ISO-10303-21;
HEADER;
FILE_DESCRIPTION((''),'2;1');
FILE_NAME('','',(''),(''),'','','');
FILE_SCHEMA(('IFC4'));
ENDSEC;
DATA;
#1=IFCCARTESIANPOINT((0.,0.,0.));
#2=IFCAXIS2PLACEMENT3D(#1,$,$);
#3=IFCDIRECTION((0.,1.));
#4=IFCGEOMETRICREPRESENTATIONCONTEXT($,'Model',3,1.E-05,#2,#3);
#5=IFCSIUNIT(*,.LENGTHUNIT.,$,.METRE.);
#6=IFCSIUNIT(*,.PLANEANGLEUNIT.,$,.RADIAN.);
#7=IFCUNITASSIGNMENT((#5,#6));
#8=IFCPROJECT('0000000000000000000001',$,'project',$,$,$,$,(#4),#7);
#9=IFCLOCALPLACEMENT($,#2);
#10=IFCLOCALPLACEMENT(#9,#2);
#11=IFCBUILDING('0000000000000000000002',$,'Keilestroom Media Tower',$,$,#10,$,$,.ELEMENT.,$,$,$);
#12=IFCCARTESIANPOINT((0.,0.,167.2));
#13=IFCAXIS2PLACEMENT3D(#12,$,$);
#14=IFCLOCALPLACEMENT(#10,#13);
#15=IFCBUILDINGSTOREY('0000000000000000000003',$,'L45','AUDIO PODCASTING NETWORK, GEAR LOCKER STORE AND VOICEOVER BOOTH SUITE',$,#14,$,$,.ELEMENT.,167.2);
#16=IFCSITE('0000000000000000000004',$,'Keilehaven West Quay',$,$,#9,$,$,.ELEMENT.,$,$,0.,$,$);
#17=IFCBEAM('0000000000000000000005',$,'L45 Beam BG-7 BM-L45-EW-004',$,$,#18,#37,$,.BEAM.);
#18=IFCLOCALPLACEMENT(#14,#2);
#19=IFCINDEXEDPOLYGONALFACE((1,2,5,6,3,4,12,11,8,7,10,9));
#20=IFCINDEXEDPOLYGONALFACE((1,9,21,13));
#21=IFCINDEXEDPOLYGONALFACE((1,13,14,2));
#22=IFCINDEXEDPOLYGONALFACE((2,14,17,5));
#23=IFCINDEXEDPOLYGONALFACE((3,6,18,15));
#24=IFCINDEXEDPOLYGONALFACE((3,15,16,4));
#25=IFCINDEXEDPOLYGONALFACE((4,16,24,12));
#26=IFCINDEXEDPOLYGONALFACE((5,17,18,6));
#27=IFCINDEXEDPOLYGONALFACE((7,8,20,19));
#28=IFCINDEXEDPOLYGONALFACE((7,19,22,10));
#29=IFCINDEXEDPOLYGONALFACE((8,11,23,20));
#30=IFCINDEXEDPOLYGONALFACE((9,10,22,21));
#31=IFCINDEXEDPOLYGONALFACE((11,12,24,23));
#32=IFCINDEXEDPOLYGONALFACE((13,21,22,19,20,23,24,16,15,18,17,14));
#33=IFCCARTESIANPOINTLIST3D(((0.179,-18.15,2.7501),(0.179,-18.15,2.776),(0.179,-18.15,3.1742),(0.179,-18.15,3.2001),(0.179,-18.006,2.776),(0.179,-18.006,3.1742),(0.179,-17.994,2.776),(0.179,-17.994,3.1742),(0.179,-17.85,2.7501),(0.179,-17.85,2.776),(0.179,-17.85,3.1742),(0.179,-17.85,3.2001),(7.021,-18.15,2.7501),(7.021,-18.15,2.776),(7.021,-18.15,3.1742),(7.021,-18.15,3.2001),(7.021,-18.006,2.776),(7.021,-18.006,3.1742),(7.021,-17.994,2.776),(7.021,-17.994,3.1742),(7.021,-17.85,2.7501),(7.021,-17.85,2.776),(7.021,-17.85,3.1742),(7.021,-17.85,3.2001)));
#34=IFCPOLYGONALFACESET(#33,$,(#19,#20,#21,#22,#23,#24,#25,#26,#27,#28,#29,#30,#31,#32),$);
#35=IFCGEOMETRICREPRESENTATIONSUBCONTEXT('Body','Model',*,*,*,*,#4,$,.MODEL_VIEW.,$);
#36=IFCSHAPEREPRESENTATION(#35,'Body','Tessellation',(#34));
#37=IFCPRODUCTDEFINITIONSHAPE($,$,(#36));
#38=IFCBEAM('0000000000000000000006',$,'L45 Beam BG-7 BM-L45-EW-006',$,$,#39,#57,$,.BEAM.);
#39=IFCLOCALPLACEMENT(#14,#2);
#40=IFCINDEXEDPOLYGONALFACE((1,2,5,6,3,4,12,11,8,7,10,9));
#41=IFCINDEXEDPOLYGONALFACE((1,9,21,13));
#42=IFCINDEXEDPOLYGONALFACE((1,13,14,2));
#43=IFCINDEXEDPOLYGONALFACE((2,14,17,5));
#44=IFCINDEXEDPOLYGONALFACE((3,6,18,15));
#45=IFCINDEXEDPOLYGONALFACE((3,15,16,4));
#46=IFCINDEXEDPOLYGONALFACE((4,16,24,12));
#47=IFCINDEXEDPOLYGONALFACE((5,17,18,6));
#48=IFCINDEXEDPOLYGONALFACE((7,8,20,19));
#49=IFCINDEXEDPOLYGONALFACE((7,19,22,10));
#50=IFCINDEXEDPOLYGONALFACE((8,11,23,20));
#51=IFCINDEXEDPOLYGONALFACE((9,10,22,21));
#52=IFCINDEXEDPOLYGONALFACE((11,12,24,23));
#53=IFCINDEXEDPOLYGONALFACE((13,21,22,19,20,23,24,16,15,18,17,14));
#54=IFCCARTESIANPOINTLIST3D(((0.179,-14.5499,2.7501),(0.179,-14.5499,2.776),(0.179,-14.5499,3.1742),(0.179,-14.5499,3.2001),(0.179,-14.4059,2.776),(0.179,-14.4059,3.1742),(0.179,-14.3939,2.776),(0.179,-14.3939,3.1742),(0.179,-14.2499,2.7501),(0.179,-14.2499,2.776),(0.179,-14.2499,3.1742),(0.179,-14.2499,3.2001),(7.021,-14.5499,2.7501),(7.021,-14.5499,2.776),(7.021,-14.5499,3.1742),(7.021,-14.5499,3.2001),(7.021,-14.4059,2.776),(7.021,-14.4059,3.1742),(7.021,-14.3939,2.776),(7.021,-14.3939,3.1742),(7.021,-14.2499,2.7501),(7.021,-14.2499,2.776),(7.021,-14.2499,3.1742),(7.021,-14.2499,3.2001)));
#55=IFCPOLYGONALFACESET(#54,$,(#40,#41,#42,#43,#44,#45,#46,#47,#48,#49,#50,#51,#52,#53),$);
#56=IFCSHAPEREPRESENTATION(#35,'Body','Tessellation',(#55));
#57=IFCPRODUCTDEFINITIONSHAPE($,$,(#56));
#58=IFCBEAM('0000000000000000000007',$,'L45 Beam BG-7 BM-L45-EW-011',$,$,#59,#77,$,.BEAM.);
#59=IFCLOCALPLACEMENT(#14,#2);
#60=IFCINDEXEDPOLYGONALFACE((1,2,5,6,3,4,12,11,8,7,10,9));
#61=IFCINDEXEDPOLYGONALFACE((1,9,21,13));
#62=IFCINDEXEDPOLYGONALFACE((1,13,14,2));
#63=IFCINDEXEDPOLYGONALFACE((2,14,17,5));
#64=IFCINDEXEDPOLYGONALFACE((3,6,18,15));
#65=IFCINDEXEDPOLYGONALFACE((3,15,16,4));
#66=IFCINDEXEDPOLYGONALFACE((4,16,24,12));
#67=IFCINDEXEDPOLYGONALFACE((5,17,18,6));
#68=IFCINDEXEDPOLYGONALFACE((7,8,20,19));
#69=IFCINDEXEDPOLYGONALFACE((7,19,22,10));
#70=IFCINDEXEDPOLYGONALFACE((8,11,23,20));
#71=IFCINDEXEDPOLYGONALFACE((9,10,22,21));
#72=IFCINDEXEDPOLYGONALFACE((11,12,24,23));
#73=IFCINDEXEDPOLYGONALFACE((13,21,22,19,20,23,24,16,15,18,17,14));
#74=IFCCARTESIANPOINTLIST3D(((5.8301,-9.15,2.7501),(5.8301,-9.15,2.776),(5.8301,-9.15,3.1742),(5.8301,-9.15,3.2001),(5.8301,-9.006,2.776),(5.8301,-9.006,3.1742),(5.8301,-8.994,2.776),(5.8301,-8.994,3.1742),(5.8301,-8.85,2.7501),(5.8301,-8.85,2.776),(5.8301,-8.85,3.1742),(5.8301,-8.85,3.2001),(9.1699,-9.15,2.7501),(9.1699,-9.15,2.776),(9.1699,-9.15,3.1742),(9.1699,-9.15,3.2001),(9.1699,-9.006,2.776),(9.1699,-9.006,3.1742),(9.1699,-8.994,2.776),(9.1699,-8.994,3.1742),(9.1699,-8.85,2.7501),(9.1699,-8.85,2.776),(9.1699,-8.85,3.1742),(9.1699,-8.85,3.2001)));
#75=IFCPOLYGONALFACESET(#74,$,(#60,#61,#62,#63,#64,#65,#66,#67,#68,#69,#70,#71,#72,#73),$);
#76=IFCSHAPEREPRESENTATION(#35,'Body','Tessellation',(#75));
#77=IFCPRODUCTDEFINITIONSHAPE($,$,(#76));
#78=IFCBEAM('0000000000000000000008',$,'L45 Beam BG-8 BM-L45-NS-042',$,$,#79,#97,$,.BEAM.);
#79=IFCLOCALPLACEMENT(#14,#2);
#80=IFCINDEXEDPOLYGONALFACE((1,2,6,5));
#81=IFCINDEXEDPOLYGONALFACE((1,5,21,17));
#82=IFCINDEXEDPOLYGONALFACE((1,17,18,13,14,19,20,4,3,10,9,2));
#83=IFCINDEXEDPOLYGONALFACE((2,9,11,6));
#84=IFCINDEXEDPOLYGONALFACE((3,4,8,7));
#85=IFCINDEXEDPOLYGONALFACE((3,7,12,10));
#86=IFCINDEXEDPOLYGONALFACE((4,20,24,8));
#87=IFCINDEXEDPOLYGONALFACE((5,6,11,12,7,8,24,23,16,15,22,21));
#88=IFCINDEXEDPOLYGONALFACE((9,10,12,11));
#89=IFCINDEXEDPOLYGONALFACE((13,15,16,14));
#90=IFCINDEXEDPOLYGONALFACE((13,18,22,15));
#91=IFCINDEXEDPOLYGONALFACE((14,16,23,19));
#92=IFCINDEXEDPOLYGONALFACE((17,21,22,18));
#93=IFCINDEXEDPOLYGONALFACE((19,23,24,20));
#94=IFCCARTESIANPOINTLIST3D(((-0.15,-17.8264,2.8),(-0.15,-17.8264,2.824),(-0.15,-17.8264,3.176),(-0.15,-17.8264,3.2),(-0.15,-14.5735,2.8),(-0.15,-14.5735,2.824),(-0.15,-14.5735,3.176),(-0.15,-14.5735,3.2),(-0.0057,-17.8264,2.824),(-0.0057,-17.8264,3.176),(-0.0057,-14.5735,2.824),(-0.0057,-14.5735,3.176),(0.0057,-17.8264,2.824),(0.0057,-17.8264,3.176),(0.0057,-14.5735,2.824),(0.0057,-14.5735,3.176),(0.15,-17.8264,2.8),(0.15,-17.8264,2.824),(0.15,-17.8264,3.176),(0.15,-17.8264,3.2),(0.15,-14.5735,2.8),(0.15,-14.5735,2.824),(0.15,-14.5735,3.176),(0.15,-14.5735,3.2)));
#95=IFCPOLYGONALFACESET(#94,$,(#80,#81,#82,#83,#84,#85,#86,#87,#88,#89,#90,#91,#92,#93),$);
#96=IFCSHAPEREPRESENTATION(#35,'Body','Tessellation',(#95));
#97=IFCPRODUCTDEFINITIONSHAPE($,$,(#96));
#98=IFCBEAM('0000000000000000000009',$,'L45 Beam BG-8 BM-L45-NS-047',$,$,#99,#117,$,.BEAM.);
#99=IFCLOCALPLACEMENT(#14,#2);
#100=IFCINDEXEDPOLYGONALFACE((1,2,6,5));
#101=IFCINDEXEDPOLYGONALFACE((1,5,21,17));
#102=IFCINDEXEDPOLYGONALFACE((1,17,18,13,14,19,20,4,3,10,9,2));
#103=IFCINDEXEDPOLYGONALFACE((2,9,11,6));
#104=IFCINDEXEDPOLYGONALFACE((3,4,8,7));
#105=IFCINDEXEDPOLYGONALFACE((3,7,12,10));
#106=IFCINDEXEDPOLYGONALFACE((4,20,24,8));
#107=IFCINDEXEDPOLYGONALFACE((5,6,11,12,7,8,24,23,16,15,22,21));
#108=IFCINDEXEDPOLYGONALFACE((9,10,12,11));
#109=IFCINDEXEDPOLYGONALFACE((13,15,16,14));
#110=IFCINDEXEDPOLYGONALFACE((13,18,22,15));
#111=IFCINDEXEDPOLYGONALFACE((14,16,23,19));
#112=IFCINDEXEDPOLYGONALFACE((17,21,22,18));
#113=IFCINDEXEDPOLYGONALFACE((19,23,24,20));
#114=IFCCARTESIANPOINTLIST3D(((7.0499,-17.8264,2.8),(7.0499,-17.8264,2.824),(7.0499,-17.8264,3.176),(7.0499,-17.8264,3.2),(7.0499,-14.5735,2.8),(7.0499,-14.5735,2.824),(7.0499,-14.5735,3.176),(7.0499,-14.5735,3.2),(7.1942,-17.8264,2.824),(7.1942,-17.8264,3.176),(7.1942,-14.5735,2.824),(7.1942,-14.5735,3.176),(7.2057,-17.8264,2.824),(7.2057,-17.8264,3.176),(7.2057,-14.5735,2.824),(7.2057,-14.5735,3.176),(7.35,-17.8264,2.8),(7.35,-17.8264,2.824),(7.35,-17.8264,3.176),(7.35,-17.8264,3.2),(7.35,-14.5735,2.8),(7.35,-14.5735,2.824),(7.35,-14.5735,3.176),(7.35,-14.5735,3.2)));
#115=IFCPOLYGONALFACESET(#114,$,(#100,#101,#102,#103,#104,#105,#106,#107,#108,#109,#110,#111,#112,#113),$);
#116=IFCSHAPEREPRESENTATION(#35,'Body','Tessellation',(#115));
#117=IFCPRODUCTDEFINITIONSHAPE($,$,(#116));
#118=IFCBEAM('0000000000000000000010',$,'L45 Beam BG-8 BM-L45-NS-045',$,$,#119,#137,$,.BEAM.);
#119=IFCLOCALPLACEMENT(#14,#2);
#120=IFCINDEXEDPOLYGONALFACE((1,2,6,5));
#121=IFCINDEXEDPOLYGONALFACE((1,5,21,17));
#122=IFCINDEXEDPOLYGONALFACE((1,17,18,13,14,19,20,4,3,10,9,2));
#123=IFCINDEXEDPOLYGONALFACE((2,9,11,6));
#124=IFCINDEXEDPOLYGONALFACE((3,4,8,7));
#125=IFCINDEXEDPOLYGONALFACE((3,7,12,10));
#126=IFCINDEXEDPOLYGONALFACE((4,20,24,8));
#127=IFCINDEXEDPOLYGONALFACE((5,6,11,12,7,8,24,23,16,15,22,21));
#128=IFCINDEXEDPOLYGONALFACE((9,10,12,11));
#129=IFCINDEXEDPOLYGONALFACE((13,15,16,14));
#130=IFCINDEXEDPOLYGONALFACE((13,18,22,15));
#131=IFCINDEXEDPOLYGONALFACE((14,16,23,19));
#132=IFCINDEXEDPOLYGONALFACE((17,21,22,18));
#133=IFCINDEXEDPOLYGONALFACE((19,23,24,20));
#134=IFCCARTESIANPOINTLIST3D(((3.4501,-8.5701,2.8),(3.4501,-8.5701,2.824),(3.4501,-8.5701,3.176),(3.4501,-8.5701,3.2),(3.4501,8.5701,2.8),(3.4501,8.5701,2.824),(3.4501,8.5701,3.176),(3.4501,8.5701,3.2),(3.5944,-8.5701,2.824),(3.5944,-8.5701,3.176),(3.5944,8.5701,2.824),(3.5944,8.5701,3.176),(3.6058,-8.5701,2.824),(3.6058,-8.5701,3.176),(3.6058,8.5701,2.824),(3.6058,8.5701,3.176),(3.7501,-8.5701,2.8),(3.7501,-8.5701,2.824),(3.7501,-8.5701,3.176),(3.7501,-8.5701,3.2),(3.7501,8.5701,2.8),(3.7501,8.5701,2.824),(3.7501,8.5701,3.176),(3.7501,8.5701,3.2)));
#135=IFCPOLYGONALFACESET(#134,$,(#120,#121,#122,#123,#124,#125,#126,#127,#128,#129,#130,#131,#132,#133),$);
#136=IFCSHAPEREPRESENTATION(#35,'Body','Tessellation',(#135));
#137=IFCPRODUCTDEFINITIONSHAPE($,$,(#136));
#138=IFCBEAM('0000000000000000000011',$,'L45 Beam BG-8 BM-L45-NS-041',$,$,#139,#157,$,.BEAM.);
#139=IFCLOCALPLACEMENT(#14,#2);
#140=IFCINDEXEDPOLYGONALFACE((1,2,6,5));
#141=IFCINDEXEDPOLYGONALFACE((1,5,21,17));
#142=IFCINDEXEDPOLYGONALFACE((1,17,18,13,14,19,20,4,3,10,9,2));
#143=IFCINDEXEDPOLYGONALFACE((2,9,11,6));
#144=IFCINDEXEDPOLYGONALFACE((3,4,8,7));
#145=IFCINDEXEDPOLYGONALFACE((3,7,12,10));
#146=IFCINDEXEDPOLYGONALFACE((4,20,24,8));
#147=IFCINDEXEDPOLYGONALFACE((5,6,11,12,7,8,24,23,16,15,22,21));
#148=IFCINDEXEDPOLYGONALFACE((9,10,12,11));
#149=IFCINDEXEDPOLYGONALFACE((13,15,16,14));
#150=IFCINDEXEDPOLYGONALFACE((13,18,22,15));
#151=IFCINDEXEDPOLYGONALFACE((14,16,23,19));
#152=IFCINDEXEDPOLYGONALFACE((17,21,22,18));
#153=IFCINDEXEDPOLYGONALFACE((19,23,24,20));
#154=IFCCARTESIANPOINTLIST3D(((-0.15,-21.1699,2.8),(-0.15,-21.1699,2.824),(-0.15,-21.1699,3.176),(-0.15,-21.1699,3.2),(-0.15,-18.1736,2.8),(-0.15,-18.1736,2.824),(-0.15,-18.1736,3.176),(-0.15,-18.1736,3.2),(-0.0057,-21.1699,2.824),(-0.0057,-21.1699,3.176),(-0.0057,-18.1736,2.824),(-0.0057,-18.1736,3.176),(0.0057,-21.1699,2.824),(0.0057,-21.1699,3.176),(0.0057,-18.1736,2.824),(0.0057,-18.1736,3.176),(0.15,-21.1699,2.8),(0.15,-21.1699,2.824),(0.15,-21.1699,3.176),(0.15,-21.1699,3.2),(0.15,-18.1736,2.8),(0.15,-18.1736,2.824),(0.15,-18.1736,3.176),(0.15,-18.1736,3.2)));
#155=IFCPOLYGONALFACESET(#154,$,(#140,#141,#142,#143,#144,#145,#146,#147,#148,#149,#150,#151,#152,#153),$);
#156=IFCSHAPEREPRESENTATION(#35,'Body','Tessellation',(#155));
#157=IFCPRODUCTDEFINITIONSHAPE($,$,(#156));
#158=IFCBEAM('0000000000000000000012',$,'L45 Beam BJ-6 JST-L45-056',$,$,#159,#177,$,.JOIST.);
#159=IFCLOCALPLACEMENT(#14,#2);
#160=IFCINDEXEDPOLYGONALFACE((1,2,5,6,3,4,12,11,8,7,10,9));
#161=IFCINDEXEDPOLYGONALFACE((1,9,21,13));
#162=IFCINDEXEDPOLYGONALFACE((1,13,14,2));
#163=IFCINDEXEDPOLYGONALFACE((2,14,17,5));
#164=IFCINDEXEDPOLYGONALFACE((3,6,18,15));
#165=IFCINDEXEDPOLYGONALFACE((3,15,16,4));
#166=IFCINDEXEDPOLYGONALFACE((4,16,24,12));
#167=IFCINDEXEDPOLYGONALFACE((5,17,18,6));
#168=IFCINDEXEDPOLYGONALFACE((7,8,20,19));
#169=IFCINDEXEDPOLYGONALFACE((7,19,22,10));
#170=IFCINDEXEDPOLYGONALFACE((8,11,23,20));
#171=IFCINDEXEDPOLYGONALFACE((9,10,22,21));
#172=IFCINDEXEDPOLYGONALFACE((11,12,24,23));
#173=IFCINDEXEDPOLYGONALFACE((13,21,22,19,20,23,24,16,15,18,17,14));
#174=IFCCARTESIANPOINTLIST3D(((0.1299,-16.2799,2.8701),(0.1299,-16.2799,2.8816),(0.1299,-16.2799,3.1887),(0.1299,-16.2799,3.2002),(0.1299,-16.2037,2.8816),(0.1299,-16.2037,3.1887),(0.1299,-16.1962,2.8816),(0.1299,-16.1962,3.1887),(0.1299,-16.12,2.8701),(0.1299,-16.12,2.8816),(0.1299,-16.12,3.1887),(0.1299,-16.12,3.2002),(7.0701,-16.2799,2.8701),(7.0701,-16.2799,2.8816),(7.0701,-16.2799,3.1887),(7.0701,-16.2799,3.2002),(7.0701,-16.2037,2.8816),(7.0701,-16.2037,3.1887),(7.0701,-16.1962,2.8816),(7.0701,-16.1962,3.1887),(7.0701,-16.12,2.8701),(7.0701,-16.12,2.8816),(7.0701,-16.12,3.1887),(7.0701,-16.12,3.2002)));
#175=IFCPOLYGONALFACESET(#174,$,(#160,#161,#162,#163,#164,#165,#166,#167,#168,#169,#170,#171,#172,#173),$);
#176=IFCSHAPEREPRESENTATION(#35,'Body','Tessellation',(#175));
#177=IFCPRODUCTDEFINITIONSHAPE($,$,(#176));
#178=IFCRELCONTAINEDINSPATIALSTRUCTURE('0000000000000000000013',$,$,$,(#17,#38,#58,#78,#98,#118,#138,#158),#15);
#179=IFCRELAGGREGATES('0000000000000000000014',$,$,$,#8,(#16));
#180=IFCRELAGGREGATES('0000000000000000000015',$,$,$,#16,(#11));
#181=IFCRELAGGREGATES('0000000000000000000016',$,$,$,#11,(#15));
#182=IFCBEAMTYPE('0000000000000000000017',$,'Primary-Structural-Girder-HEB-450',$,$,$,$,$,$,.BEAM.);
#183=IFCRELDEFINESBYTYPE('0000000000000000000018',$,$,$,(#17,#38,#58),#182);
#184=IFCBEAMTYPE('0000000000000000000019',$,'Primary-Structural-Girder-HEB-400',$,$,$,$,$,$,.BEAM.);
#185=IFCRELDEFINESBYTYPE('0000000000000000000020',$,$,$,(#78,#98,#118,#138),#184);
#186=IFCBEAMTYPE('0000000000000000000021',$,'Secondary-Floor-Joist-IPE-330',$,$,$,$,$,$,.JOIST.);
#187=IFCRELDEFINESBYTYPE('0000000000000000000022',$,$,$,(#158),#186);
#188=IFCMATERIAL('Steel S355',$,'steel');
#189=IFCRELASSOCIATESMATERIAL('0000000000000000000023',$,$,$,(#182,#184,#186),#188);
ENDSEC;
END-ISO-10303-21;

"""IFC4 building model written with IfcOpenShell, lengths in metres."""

from ifc_helpers import new_model, si_unit, direction, frame, origin, origin_2d, place, context, subcontext, project, spatial, i_section, extrude, source, transform, mapped, material, material_profile, profile_set, type_object, element, save


model = new_model("IFC4")

# Units and contexts
model_context = context("Model", 3, precision=1e-05, world=origin(), true_north=direction((0.0, 1.0)))
body_context = subcontext(model_context, "Body", "Model", "MODEL_VIEW")
ifc_project = project(units=[si_unit("LENGTHUNIT", "METRE"), si_unit("PLANEANGLEUNIT", "RADIAN")], contexts=[model_context])

# Site, building, storey
site_placement = place(None, origin())
site = spatial("IfcSite", under=ifc_project, at=site_placement, Name="Keilehaven West Quay", CompositionType="ELEMENT", RefElevation=0.0)
building_placement = place(site_placement, origin())
building = spatial("IfcBuilding", under=site, at=building_placement, Name="Keilestroom Media Tower", CompositionType="ELEMENT")
storey_placement = place(building_placement, frame((0.0, 0.0, 167.2)))
storey = spatial("IfcBuildingStorey", under=building, at=storey_placement, Name="L45", Description="AUDIO PODCASTING NETWORK, GEAR LOCKER STORE AND VOICEOVER BOOTH SUITE", CompositionType="ELEMENT", Elevation=167.2)

# Shared definitions
ifc_material_1 = material(Name="Steel S355", Category="steel")

# Beams
ifc_material_profile_1 = material_profile(ifc_material_1, i_section(OverallWidth=0.3, OverallDepth=0.45, WebThickness=0.012, FlangeThickness=0.0259, at=origin_2d()), Name="HEB 450")
ifc_profile_set_1 = profile_set([ifc_material_profile_1], Name="Steel S355")
beam_type_1 = type_object("IfcBeamType", Name="Primary-Structural-Girder-HEB-450", PredefinedType="BEAM", material=ifc_profile_set_1)
shared_shape_1 = source(origin(), body_context, "Body", "SweptSolid", [
    extrude(i_section(OverallWidth=0.3, OverallDepth=0.45, WebThickness=0.012, FlangeThickness=0.0259, at=origin_2d()), origin(), (0.0, 0.0, 1.0), 6.842),
])
for number, where, z_axis, x_axis, name in (
    (1, (0.179, -18.0, 2.9751), (1.0, 0.0, 0.0), (0.0, 1.0, 0.0), "L45 Beam BG-7 BM-L45-EW-004"),
    (2, (0.179, -14.3999, 2.9751), (1.0, 0.0, 0.0), (0.0, 1.0, 0.0), "L45 Beam BG-7 BM-L45-EW-006"),
):
    element("IfcBeam", number, at=place(storey_placement, frame(where, z_axis=z_axis, x_axis=x_axis)), inside=storey, type_object=beam_type_1, Name=name, PredefinedType="BEAM", context=body_context, shape_type="MappedRepresentation", body=[
        mapped(shared_shape_1, transform((0.0, 0.0, 0.0), x_axis=(1.0, 0.0, 0.0), y_axis=(0.0, 1.0, 0.0), z_axis=(0.0, 0.0, 1.0), scale=1.0)),
    ])
shared_shape_2 = source(origin(), body_context, "Body", "SweptSolid", [
    extrude(i_section(OverallWidth=0.3, OverallDepth=0.45, WebThickness=0.012, FlangeThickness=0.0259, at=origin_2d()), origin(), (0.0, 0.0, 1.0), 3.3398),
])
beam_1_placement = place(storey_placement, frame((5.8301, -9.0, 2.9751), z_axis=(1.0, 0.0, 0.0), x_axis=(0.0, 1.0, 0.0)))
element("IfcBeam", 3, at=beam_1_placement, inside=storey, type_object=beam_type_1, Name="L45 Beam BG-7 BM-L45-EW-011", PredefinedType="BEAM", context=body_context, shape_type="MappedRepresentation", body=[
    mapped(shared_shape_2, transform((0.0, 0.0, 0.0), x_axis=(1.0, 0.0, 0.0), y_axis=(0.0, 1.0, 0.0), z_axis=(0.0, 0.0, 1.0), scale=1.0)),
])
ifc_material_profile_2 = material_profile(ifc_material_1, i_section(OverallWidth=0.3, OverallDepth=0.3999, WebThickness=0.0115, FlangeThickness=0.0239, at=origin_2d()), Name="HEB 400")
ifc_profile_set_2 = profile_set([ifc_material_profile_2], Name="Steel S355")
beam_type_2 = type_object("IfcBeamType", Name="Primary-Structural-Girder-HEB-400", PredefinedType="BEAM", material=ifc_profile_set_2)
shared_shape_3 = source(origin(), body_context, "Body", "SweptSolid", [
    extrude(i_section(OverallWidth=0.3, OverallDepth=0.3999, WebThickness=0.0115, FlangeThickness=0.0239, at=origin_2d()), origin(), (0.0, 0.0, 1.0), 3.2529),
])
for number, where, z_axis, x_axis, name in (
    (4, (0.0, -17.8264, 3.0), (0.0, 1.0, 0.0), (-1.0, 0.0, 0.0), "L45 Beam BG-8 BM-L45-NS-042"),
    (5, (7.2, -17.8264, 3.0), (0.0, 1.0, 0.0), (-1.0, 0.0, 0.0), "L45 Beam BG-8 BM-L45-NS-047"),
):
    element("IfcBeam", number, at=place(storey_placement, frame(where, z_axis=z_axis, x_axis=x_axis)), inside=storey, type_object=beam_type_2, Name=name, PredefinedType="BEAM", context=body_context, shape_type="MappedRepresentation", body=[
        mapped(shared_shape_3, transform((0.0, 0.0, 0.0), x_axis=(1.0, 0.0, 0.0), y_axis=(0.0, 1.0, 0.0), z_axis=(0.0, 0.0, 1.0), scale=1.0)),
    ])
shared_shape_4 = source(origin(), body_context, "Body", "SweptSolid", [
    extrude(i_section(OverallWidth=0.3, OverallDepth=0.3999, WebThickness=0.0115, FlangeThickness=0.0239, at=origin_2d()), origin(), (0.0, 0.0, 1.0), 17.1401),
])
beam_2_placement = place(storey_placement, frame((3.6001, -8.5701, 3.0), z_axis=(0.0, 1.0, 0.0), x_axis=(-1.0, 0.0, 0.0)))
element("IfcBeam", 6, at=beam_2_placement, inside=storey, type_object=beam_type_2, Name="L45 Beam BG-8 BM-L45-NS-045", PredefinedType="BEAM", context=body_context, shape_type="MappedRepresentation", body=[
    mapped(shared_shape_4, transform((0.0, 0.0, 0.0), x_axis=(1.0, 0.0, 0.0), y_axis=(0.0, 1.0, 0.0), z_axis=(0.0, 0.0, 1.0), scale=1.0)),
])
shared_shape_5 = source(origin(), body_context, "Body", "SweptSolid", [
    extrude(i_section(OverallWidth=0.3, OverallDepth=0.3999, WebThickness=0.0115, FlangeThickness=0.0239, at=origin_2d()), origin(), (0.0, 0.0, 1.0), 2.9963),
])
beam_3_placement = place(storey_placement, frame((0.0, -21.1699, 3.0), z_axis=(0.0, 1.0, 0.0), x_axis=(-1.0, 0.0, 0.0)))
element("IfcBeam", 7, at=beam_3_placement, inside=storey, type_object=beam_type_2, Name="L45 Beam BG-8 BM-L45-NS-041", PredefinedType="BEAM", context=body_context, shape_type="MappedRepresentation", body=[
    mapped(shared_shape_5, transform((0.0, 0.0, 0.0), x_axis=(1.0, 0.0, 0.0), y_axis=(0.0, 1.0, 0.0), z_axis=(0.0, 0.0, 1.0), scale=1.0)),
])
ifc_material_profile_3 = material_profile(ifc_material_1, i_section(OverallWidth=0.1599, OverallDepth=0.3301, WebThickness=0.0076, FlangeThickness=0.0115, at=origin_2d()), Name="IPE 330")
ifc_profile_set_3 = profile_set([ifc_material_profile_3], Name="Steel S355")
beam_type_3 = type_object("IfcBeamType", Name="Secondary-Floor-Joist-IPE-330", PredefinedType="JOIST", material=ifc_profile_set_3)
shared_shape_6 = source(origin(), body_context, "Body", "SweptSolid", [
    extrude(i_section(OverallWidth=0.1599, OverallDepth=0.3301, WebThickness=0.0076, FlangeThickness=0.0115, at=origin_2d()), origin(), (0.0, 0.0, 1.0), 6.9402),
])
beam_4_placement = place(storey_placement, frame((0.1299, -16.2, 3.0352), z_axis=(1.0, 0.0, 0.0), x_axis=(0.0, 1.0, 0.0)))
element("IfcBeam", 8, at=beam_4_placement, inside=storey, type_object=beam_type_3, Name="L45 Beam BJ-6 JST-L45-056", PredefinedType="JOIST", context=body_context, shape_type="MappedRepresentation", body=[
    mapped(shared_shape_6, transform((0.0, 0.0, 0.0), x_axis=(1.0, 0.0, 0.0), y_axis=(0.0, 1.0, 0.0), z_axis=(0.0, 0.0, 1.0), scale=1.0)),
])

save(model, "model.ifc")
